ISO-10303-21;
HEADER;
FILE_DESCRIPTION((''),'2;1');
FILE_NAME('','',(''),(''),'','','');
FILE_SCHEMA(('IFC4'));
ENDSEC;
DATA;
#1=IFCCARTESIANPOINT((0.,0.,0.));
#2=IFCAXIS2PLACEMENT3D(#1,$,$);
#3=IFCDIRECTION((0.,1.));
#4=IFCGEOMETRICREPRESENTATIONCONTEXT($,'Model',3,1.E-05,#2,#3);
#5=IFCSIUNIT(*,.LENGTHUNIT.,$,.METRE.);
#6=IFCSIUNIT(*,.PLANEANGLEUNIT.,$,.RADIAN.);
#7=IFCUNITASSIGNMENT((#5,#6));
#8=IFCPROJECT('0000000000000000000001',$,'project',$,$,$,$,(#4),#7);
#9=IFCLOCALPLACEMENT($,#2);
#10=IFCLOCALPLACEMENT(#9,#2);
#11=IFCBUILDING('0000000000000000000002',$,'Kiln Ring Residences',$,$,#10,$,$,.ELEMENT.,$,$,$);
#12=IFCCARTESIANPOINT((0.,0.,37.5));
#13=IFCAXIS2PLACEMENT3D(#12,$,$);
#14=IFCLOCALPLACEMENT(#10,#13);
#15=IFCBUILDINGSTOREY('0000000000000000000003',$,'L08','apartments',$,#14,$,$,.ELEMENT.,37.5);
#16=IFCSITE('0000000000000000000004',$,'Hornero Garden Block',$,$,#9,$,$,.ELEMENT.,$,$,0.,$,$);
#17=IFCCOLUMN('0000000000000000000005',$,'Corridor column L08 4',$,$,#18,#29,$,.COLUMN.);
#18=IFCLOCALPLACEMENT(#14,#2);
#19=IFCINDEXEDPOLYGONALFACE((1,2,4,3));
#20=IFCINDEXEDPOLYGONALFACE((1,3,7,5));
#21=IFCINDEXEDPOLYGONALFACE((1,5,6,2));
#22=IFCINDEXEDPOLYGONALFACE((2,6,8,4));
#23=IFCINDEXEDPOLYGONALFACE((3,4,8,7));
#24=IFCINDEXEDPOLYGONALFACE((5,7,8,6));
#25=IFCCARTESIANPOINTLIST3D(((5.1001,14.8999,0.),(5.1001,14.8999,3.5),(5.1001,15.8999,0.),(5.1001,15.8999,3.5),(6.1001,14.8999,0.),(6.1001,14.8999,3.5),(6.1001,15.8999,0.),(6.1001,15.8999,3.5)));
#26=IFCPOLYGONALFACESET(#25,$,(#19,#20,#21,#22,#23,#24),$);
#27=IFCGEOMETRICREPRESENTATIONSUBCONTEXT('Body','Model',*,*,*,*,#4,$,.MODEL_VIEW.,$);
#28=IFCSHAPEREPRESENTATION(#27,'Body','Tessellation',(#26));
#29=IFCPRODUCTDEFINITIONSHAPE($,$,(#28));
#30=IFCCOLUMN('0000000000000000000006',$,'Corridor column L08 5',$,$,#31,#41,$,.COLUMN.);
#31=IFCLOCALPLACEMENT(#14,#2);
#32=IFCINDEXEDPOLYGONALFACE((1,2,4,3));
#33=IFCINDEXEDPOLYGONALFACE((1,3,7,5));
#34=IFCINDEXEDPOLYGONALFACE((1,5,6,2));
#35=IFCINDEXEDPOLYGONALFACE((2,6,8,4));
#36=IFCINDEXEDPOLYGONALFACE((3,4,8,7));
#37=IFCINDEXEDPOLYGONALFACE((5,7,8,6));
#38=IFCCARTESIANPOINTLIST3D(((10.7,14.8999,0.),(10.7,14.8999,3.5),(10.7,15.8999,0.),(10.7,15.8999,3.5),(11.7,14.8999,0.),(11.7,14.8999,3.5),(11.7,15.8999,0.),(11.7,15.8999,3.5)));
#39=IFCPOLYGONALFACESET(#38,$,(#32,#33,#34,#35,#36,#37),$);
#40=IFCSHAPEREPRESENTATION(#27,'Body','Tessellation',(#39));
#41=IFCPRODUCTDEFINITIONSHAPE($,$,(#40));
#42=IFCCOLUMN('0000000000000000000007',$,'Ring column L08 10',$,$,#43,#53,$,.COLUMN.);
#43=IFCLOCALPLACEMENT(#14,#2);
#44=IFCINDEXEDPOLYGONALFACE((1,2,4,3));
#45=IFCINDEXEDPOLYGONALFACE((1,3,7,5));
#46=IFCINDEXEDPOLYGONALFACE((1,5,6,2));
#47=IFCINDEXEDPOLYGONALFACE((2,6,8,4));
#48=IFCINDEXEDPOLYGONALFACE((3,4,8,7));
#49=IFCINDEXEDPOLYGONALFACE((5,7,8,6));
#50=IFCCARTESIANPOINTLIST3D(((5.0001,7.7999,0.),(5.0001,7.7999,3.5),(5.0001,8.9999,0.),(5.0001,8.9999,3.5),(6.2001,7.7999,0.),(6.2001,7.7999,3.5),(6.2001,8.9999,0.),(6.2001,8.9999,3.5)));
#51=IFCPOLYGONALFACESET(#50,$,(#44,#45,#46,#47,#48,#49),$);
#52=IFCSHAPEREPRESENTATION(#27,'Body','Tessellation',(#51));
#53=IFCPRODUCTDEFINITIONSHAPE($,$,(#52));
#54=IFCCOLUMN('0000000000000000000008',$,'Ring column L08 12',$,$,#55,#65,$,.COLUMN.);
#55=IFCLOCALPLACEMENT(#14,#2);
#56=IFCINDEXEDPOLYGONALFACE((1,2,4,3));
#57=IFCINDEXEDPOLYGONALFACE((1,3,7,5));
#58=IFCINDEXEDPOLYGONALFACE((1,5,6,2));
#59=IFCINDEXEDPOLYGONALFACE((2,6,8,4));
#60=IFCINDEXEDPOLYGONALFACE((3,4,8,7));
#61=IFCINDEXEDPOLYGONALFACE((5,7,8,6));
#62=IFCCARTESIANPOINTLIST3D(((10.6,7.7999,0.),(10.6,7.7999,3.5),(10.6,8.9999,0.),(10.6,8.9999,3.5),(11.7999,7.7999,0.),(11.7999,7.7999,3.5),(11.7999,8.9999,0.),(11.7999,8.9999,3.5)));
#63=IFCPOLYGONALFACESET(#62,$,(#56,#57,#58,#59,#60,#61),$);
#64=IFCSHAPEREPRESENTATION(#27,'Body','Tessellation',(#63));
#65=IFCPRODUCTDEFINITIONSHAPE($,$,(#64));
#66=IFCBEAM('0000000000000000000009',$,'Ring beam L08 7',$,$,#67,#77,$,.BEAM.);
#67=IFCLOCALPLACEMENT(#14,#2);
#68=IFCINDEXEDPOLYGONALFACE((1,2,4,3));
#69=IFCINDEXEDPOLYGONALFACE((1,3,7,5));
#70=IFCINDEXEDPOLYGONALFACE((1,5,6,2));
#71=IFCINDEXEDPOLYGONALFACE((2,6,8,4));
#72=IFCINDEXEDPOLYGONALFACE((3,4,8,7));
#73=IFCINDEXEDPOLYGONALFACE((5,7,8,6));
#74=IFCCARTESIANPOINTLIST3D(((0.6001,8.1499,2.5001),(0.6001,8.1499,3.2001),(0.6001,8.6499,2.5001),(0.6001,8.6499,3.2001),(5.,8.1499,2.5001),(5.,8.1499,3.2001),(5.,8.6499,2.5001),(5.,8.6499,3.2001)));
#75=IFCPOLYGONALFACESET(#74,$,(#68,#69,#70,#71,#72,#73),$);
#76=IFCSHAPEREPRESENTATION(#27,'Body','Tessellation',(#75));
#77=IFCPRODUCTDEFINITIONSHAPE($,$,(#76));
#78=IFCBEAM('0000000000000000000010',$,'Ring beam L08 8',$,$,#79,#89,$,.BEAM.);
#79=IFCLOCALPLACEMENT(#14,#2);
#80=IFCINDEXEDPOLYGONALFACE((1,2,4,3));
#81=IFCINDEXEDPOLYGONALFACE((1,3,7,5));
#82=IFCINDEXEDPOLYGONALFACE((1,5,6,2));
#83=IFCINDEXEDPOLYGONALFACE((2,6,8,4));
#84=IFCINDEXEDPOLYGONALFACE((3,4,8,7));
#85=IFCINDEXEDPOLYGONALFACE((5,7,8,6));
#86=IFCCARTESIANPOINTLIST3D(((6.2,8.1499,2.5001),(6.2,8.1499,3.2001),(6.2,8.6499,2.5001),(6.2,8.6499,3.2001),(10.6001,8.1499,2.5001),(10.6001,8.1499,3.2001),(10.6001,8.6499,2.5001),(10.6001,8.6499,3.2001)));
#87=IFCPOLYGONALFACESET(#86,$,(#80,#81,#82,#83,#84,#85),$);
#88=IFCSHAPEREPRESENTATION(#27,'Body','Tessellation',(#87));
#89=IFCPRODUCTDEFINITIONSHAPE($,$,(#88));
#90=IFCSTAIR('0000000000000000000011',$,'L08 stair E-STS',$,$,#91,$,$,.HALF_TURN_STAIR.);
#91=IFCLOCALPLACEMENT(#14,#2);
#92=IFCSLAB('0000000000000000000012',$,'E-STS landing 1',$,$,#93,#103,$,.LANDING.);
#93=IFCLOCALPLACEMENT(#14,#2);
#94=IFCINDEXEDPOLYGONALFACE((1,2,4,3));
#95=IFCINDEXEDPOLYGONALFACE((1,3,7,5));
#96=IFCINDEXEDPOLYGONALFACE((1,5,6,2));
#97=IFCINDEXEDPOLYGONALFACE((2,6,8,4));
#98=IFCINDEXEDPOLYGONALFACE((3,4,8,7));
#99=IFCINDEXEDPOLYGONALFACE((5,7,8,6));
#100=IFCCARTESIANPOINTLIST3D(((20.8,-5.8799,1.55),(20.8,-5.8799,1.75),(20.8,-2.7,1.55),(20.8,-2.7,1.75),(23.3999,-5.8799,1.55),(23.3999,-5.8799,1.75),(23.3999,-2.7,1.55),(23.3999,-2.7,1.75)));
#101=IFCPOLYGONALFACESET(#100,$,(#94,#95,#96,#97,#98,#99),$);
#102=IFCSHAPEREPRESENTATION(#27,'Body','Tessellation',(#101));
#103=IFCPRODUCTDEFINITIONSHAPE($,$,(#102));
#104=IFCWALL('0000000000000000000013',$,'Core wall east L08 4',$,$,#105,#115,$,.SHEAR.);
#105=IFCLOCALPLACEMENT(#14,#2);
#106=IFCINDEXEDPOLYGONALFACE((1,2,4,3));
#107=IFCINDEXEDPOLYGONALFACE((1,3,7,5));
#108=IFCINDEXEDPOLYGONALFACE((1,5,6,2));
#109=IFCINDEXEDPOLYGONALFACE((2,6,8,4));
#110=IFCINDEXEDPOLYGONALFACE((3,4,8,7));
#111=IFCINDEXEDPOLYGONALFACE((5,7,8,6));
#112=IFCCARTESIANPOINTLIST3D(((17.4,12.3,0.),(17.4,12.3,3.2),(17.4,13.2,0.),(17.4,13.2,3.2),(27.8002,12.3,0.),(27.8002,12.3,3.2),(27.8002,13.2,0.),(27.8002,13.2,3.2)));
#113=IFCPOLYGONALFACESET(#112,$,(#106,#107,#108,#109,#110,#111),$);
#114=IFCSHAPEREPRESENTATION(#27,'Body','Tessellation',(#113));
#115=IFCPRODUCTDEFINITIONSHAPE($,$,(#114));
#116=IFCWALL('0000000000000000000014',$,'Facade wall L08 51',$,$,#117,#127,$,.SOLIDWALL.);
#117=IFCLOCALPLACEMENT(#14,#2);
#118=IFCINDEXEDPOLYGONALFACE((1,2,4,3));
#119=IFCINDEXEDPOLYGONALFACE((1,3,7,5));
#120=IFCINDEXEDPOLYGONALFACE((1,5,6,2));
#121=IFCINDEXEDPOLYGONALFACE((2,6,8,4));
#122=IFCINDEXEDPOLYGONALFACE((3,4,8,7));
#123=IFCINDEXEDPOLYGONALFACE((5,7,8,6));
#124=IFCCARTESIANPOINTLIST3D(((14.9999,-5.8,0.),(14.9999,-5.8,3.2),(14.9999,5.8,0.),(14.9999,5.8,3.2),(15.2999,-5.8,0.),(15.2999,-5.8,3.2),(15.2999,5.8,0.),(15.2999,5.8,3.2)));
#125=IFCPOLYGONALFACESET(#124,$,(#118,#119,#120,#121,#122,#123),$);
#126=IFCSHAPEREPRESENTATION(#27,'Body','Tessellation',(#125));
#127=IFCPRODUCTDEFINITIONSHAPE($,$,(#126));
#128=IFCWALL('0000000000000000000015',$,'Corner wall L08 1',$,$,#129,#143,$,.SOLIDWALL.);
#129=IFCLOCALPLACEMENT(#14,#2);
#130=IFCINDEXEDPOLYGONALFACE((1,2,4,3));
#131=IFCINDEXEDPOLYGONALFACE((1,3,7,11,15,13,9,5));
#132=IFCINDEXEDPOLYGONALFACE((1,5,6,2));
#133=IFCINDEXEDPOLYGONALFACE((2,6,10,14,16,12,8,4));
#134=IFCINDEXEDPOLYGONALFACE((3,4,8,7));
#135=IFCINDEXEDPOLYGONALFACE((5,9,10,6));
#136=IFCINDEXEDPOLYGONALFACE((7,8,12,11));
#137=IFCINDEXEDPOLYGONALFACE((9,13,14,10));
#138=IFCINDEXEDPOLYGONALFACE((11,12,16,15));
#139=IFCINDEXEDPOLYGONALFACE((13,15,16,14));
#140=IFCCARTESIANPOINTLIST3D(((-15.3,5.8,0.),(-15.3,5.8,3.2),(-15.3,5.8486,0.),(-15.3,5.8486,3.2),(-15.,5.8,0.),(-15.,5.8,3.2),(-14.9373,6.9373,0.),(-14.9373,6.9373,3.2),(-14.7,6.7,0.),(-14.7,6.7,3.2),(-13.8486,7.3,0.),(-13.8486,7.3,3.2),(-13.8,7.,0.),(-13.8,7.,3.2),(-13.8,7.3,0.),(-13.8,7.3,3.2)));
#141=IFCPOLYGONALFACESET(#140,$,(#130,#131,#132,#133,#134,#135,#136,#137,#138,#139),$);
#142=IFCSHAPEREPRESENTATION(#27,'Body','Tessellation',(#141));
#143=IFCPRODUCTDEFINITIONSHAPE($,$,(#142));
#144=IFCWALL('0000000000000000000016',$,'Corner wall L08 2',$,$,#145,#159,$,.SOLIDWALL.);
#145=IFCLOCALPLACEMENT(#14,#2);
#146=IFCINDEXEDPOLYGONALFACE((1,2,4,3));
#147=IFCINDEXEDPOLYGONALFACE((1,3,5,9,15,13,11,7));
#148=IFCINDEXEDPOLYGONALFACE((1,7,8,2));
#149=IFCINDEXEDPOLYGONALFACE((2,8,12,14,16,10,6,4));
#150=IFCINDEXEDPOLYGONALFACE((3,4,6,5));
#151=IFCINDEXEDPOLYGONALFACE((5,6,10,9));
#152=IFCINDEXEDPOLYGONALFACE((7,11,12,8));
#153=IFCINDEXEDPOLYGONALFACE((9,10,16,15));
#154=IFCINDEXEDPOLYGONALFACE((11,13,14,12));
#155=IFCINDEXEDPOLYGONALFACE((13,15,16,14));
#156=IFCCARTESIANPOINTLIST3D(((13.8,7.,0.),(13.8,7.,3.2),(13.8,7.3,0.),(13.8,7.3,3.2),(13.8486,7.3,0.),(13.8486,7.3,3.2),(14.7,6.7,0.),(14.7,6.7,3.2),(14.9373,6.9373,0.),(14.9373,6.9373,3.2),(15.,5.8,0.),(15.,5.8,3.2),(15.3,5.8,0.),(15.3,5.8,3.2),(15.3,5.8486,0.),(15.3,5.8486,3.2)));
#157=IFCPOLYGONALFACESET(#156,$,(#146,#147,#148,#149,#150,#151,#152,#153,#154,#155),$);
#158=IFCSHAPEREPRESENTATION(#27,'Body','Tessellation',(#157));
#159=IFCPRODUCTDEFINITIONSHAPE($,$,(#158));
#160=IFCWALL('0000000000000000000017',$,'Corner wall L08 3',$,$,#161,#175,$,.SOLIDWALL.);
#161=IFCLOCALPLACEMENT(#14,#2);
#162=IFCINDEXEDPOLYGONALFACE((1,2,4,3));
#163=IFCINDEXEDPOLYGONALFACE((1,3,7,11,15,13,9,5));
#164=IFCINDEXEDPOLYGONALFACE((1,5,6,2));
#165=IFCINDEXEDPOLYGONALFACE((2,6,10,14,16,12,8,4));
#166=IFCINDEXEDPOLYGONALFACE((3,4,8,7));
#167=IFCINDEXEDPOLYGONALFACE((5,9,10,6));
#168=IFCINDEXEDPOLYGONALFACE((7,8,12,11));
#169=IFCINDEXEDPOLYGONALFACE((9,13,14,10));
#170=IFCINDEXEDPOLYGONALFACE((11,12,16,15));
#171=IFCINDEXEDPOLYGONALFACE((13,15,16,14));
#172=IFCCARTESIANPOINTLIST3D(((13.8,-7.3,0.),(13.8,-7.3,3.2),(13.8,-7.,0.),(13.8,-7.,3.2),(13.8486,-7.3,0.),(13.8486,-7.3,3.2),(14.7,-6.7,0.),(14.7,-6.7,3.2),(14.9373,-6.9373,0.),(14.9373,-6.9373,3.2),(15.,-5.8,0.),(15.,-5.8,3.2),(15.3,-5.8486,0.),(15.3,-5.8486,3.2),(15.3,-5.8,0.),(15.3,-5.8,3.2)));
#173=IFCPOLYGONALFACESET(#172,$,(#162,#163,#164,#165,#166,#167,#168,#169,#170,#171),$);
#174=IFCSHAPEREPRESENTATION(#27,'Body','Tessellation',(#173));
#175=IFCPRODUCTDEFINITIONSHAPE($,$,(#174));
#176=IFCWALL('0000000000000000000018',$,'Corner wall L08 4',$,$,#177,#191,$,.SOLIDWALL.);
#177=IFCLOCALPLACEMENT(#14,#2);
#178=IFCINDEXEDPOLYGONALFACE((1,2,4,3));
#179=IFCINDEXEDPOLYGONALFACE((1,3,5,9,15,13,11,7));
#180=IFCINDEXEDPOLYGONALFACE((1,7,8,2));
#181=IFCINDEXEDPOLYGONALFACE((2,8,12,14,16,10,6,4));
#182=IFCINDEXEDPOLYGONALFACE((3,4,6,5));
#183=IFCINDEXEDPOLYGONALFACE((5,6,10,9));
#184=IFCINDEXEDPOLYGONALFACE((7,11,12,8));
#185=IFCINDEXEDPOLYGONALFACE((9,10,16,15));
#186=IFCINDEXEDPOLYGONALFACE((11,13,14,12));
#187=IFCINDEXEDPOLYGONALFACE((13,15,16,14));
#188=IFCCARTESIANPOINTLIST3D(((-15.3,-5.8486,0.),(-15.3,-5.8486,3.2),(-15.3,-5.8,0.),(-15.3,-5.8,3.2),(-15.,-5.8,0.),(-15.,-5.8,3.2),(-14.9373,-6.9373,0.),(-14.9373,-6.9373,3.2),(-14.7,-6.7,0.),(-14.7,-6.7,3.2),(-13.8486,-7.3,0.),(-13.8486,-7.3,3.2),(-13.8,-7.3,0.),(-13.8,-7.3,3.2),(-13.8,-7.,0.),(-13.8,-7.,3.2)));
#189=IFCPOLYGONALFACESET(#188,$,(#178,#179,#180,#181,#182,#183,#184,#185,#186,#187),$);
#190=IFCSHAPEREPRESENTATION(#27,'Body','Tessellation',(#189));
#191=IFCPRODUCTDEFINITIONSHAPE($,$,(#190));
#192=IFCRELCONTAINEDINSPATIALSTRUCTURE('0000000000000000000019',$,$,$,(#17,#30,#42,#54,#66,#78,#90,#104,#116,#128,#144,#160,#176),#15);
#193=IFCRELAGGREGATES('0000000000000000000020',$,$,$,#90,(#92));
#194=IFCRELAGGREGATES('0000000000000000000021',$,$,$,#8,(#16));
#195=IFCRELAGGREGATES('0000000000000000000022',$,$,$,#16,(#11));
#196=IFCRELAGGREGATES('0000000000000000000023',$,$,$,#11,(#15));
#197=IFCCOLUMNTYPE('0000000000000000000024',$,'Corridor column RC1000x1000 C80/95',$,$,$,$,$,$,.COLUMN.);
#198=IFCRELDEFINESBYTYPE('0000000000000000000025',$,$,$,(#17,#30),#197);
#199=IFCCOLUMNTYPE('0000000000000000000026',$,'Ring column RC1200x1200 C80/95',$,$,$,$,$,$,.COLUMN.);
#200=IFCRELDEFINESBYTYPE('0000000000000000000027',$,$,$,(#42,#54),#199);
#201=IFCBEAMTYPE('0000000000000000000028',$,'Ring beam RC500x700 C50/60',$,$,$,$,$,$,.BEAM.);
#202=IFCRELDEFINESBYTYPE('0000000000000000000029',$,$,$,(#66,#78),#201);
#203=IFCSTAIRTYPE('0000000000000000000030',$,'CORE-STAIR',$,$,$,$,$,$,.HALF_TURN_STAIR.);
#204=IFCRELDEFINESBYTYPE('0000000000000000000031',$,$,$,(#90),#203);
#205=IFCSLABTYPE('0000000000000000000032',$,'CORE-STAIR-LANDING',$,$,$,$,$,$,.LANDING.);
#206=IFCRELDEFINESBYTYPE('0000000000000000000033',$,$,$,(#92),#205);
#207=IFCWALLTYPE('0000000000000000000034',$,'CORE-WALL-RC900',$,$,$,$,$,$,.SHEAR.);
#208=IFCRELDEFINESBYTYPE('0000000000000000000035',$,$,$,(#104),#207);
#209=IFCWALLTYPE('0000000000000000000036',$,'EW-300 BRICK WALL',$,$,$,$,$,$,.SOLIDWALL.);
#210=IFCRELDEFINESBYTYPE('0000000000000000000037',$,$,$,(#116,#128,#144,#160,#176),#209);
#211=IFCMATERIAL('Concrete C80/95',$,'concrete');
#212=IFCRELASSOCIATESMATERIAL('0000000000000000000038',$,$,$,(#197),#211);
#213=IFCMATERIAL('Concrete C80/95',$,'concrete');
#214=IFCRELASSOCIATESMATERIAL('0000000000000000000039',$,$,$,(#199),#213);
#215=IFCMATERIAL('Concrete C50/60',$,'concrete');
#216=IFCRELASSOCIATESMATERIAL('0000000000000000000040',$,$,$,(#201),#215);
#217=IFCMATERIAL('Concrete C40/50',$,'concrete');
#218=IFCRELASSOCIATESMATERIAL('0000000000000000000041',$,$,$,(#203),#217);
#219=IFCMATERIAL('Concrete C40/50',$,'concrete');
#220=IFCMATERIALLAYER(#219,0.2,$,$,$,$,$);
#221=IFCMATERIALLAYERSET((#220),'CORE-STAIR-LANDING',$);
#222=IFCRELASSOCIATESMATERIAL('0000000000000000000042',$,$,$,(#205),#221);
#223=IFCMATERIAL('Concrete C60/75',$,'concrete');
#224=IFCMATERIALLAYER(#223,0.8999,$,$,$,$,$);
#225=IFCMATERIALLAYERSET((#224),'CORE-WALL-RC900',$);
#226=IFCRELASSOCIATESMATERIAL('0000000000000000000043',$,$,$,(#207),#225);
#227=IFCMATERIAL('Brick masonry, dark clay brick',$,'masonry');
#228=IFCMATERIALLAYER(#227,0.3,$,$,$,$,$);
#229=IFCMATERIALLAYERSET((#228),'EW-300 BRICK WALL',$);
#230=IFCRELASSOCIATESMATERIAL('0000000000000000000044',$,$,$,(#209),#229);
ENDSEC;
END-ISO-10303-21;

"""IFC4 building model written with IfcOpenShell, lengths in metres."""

from ifc_helpers import new_model, si_unit, direction, frame, frame_2d, origin, origin_2d, place, context, subcontext, project, spatial, polyline, rectangle, outline, extrude, material, layer, layer_set, material_profile, profile_set, type_object, element, aggregate, save


model = new_model("IFC4")

# Units and contexts
model_context = context("Model", 3, precision=1e-05, world=origin(), true_north=direction((0.0, 1.0)))
body_context = subcontext(model_context, "Body", "Model", "MODEL_VIEW")
ifc_project = project(units=[si_unit("LENGTHUNIT", "METRE"), si_unit("PLANEANGLEUNIT", "RADIAN")], contexts=[model_context])

# Site, building, storey
site_placement = place(None, origin())
site = spatial("IfcSite", under=ifc_project, at=site_placement, Name="Hornero Garden Block", CompositionType="ELEMENT", RefElevation=0.0)
building_placement = place(site_placement, origin())
building = spatial("IfcBuilding", under=site, at=building_placement, Name="Kiln Ring Residences", CompositionType="ELEMENT")
storey_placement = place(building_placement, frame((0.0, 0.0, 37.5)))
storey = spatial("IfcBuildingStorey", under=building, at=storey_placement, Name="L08", Description="apartments", CompositionType="ELEMENT", Elevation=37.5)

# Columns
ifc_material_1 = material(Name="Concrete C80/95", Category="concrete")
ifc_material_profile_1 = material_profile(ifc_material_1, rectangle(XDim=1.0, YDim=1.0, at=origin_2d()), Name="RC1000x1000")
ifc_profile_set_1 = profile_set([ifc_material_profile_1], Name="Concrete C80/95")
column_type_1 = type_object("IfcColumnType", Name="Corridor column RC1000x1000 C80/95", PredefinedType="COLUMN", material=ifc_profile_set_1)
for number, where, z_axis, x_axis, name in (
    (1, (5.6001, 15.3999, 0.0), (0.0, 0.0, 1.0), (1.0, 0.0, 0.0), "Corridor column L08 4"),
    (2, (11.2, 15.3999, 0.0), (0.0, 0.0, 1.0), (1.0, 0.0, 0.0), "Corridor column L08 5"),
):
    element("IfcColumn", number, at=place(storey_placement, frame(where, z_axis=z_axis, x_axis=x_axis)), inside=storey, type_object=column_type_1, Name=name, PredefinedType="COLUMN", context=body_context, shape_type="SweptSolid", body=[
        extrude(rectangle(XDim=1.0, YDim=1.0, at=origin_2d()), origin(), (0.0, 0.0, 1.0), 3.5),
    ])
ifc_material_2 = material(Name="Concrete C80/95", Category="concrete")
ifc_material_profile_2 = material_profile(ifc_material_2, rectangle(XDim=1.2, YDim=1.2, at=origin_2d()), Name="RC1200x1200")
ifc_profile_set_2 = profile_set([ifc_material_profile_2], Name="Concrete C80/95")
column_type_2 = type_object("IfcColumnType", Name="Ring column RC1200x1200 C80/95", PredefinedType="COLUMN", material=ifc_profile_set_2)
for number, where, z_axis, x_axis, name in (
    (3, (5.6001, 8.3999, 0.0), (0.0, 0.0, 1.0), (1.0, 0.0, 0.0), "Ring column L08 10"),
    (4, (11.2, 8.3999, 0.0), (0.0, 0.0, 1.0), (1.0, 0.0, 0.0), "Ring column L08 12"),
):
    element("IfcColumn", number, at=place(storey_placement, frame(where, z_axis=z_axis, x_axis=x_axis)), inside=storey, type_object=column_type_2, Name=name, PredefinedType="COLUMN", context=body_context, shape_type="SweptSolid", body=[
        extrude(rectangle(XDim=1.2, YDim=1.2, at=origin_2d()), origin(), (0.0, 0.0, 1.0), 3.5),
    ])

# Beams
ifc_material_3 = material(Name="Concrete C50/60", Category="concrete")
ifc_material_profile_3 = material_profile(ifc_material_3, rectangle(XDim=0.5, YDim=0.7, at=origin_2d()), Name="RC500x700")
ifc_profile_set_3 = profile_set([ifc_material_profile_3], Name="Concrete C50/60")
beam_type = type_object("IfcBeamType", Name="Ring beam RC500x700 C50/60", PredefinedType="BEAM", material=ifc_profile_set_3)
beam_1_placement = place(storey_placement, frame((0.6001, 8.3999, 2.8501), z_axis=(1.0, 0.0, 0.0), x_axis=(0.0, 1.0, 0.0)))
element("IfcBeam", 5, at=beam_1_placement, inside=storey, type_object=beam_type, Name="Ring beam L08 7", PredefinedType="BEAM", context=body_context, shape_type="SweptSolid", body=[
    extrude(rectangle(XDim=0.5, YDim=0.7, at=origin_2d()), origin(), (0.0, 0.0, 1.0), 4.3999),
])
beam_2_placement = place(storey_placement, frame((6.2, 8.3999, 2.8501), z_axis=(1.0, 0.0, 0.0), x_axis=(0.0, 1.0, 0.0)))
element("IfcBeam", 6, at=beam_2_placement, inside=storey, type_object=beam_type, Name="Ring beam L08 8", PredefinedType="BEAM", context=body_context, shape_type="SweptSolid", body=[
    extrude(rectangle(XDim=0.5, YDim=0.7, at=origin_2d()), origin(), (0.0, 0.0, 1.0), 4.4001),
])

# Stair, slab
ifc_material_4 = material(Name="Concrete C40/50", Category="concrete")
stair_type = type_object("IfcStairType", Name="CORE-STAIR", PredefinedType="HALF_TURN_STAIR", material=ifc_material_4)
placement = place(storey_placement, origin())
stair = element("IfcStair", 7, at=placement, inside=storey, type_object=stair_type, Name="L08 stair E-STS", PredefinedType="HALF_TURN_STAIR")
ifc_material_5 = material(Name="Concrete C40/50", Category="concrete")
ifc_layer_1 = layer(ifc_material_5, 0.2)
ifc_layer_set_1 = layer_set([ifc_layer_1], Name="CORE-STAIR-LANDING")
slab_type = type_object("IfcSlabType", Name="CORE-STAIR-LANDING", PredefinedType="LANDING", material=ifc_layer_set_1)
slab_placement = place(storey_placement, frame((0.0, 0.0, 1.55)))
slab = element("IfcSlab", 8, at=slab_placement, type_object=slab_type, Name="E-STS landing 1", PredefinedType="LANDING", context=body_context, shape_type="SweptSolid", body=[
    extrude(outline(polyline([(23.3999, -5.8799), (23.3999, -2.7), (20.8, -2.7), (20.8, -5.8799), (23.3999, -5.8799)])), origin(), (0.0, 0.0, 1.0), 0.2),
])
aggregate(stair, [slab])

# Walls
ifc_material_6 = material(Name="Concrete C60/75", Category="concrete")
ifc_layer_2 = layer(ifc_material_6, 0.8999)
ifc_layer_set_2 = layer_set([ifc_layer_2], Name="CORE-WALL-RC900")
wall_type_1 = type_object("IfcWallType", Name="CORE-WALL-RC900", PredefinedType="SHEAR", material=ifc_layer_set_2)
wall_1_placement = place(storey_placement, frame((17.3999, 12.75, 0.0), z_axis=(0.0, 0.0, 1.0), x_axis=(1.0, 0.0, 0.0)))
element("IfcWall", 9, at=wall_1_placement, inside=storey, type_object=wall_type_1, Name="Core wall east L08 4", PredefinedType="SHEAR", context=body_context, shape_type="SweptSolid", body=[
    extrude(rectangle(XDim=10.4001, YDim=0.8999, at=frame_2d((5.2002, 0.0))), origin(), (0.0, 0.0, 1.0), 3.2),
])
ifc_material_7 = material(Name="Brick masonry, dark clay brick", Category="masonry")
ifc_layer_3 = layer(ifc_material_7, 0.3)
ifc_layer_set_3 = layer_set([ifc_layer_3], Name="EW-300 BRICK WALL")
wall_type_2 = type_object("IfcWallType", Name="EW-300 BRICK WALL", PredefinedType="SOLIDWALL", material=ifc_layer_set_3)
wall_2_placement = place(storey_placement, frame((15.1499, 5.8, 0.0), z_axis=(0.0, 0.0, 1.0), x_axis=(0.0, -1.0, 0.0)))
element("IfcWall", 10, at=wall_2_placement, inside=storey, type_object=wall_type_2, Name="Facade wall L08 51", PredefinedType="SOLIDWALL", context=body_context, shape_type="SweptSolid", body=[
    extrude(rectangle(XDim=11.6001, YDim=0.3, at=frame_2d((5.8, 0.0))), origin(), (0.0, 0.0, 1.0), 3.2),
])
element("IfcWall", 11, at=placement, inside=storey, type_object=wall_type_2, Name="Corner wall L08 1", PredefinedType="SOLIDWALL", context=body_context, shape_type="SweptSolid", body=[
    extrude(outline(polyline([(-13.8486, 7.3), (-14.9373, 6.9373), (-15.3, 5.8486), (-15.3, 5.8), (-15.0, 5.8), (-14.7, 6.7), (-13.8, 7.0), (-13.8, 7.3), (-13.8486, 7.3)])), origin(), (0.0, 0.0, 1.0), 3.2),
])
element("IfcWall", 12, at=placement, inside=storey, type_object=wall_type_2, Name="Corner wall L08 2", PredefinedType="SOLIDWALL", context=body_context, shape_type="SweptSolid", body=[
    extrude(outline(polyline([(14.9373, 6.9373), (13.8486, 7.3), (13.8, 7.3), (13.8, 7.0), (14.7, 6.7), (15.0, 5.8), (15.3, 5.8), (15.3, 5.8486), (14.9373, 6.9373)])), origin(), (0.0, 0.0, 1.0), 3.2),
])
element("IfcWall", 13, at=placement, inside=storey, type_object=wall_type_2, Name="Corner wall L08 3", PredefinedType="SOLIDWALL", context=body_context, shape_type="SweptSolid", body=[
    extrude(outline(polyline([(14.9373, -6.9373), (15.3, -5.8486), (15.3, -5.8), (15.0, -5.8), (14.7, -6.7), (13.8, -7.0), (13.8, -7.3), (13.8486, -7.3), (14.9373, -6.9373)])), origin(), (0.0, 0.0, 1.0), 3.2),
])
element("IfcWall", 14, at=placement, inside=storey, type_object=wall_type_2, Name="Corner wall L08 4", PredefinedType="SOLIDWALL", context=body_context, shape_type="SweptSolid", body=[
    extrude(outline(polyline([(-14.9373, -6.9373), (-13.8486, -7.3), (-13.8, -7.3), (-13.8, -7.0), (-14.7, -6.7), (-15.0, -5.8), (-15.3, -5.8), (-15.3, -5.8486), (-14.9373, -6.9373)])), origin(), (0.0, 0.0, 1.0), 3.2),
])

save(model, "model.ifc")
